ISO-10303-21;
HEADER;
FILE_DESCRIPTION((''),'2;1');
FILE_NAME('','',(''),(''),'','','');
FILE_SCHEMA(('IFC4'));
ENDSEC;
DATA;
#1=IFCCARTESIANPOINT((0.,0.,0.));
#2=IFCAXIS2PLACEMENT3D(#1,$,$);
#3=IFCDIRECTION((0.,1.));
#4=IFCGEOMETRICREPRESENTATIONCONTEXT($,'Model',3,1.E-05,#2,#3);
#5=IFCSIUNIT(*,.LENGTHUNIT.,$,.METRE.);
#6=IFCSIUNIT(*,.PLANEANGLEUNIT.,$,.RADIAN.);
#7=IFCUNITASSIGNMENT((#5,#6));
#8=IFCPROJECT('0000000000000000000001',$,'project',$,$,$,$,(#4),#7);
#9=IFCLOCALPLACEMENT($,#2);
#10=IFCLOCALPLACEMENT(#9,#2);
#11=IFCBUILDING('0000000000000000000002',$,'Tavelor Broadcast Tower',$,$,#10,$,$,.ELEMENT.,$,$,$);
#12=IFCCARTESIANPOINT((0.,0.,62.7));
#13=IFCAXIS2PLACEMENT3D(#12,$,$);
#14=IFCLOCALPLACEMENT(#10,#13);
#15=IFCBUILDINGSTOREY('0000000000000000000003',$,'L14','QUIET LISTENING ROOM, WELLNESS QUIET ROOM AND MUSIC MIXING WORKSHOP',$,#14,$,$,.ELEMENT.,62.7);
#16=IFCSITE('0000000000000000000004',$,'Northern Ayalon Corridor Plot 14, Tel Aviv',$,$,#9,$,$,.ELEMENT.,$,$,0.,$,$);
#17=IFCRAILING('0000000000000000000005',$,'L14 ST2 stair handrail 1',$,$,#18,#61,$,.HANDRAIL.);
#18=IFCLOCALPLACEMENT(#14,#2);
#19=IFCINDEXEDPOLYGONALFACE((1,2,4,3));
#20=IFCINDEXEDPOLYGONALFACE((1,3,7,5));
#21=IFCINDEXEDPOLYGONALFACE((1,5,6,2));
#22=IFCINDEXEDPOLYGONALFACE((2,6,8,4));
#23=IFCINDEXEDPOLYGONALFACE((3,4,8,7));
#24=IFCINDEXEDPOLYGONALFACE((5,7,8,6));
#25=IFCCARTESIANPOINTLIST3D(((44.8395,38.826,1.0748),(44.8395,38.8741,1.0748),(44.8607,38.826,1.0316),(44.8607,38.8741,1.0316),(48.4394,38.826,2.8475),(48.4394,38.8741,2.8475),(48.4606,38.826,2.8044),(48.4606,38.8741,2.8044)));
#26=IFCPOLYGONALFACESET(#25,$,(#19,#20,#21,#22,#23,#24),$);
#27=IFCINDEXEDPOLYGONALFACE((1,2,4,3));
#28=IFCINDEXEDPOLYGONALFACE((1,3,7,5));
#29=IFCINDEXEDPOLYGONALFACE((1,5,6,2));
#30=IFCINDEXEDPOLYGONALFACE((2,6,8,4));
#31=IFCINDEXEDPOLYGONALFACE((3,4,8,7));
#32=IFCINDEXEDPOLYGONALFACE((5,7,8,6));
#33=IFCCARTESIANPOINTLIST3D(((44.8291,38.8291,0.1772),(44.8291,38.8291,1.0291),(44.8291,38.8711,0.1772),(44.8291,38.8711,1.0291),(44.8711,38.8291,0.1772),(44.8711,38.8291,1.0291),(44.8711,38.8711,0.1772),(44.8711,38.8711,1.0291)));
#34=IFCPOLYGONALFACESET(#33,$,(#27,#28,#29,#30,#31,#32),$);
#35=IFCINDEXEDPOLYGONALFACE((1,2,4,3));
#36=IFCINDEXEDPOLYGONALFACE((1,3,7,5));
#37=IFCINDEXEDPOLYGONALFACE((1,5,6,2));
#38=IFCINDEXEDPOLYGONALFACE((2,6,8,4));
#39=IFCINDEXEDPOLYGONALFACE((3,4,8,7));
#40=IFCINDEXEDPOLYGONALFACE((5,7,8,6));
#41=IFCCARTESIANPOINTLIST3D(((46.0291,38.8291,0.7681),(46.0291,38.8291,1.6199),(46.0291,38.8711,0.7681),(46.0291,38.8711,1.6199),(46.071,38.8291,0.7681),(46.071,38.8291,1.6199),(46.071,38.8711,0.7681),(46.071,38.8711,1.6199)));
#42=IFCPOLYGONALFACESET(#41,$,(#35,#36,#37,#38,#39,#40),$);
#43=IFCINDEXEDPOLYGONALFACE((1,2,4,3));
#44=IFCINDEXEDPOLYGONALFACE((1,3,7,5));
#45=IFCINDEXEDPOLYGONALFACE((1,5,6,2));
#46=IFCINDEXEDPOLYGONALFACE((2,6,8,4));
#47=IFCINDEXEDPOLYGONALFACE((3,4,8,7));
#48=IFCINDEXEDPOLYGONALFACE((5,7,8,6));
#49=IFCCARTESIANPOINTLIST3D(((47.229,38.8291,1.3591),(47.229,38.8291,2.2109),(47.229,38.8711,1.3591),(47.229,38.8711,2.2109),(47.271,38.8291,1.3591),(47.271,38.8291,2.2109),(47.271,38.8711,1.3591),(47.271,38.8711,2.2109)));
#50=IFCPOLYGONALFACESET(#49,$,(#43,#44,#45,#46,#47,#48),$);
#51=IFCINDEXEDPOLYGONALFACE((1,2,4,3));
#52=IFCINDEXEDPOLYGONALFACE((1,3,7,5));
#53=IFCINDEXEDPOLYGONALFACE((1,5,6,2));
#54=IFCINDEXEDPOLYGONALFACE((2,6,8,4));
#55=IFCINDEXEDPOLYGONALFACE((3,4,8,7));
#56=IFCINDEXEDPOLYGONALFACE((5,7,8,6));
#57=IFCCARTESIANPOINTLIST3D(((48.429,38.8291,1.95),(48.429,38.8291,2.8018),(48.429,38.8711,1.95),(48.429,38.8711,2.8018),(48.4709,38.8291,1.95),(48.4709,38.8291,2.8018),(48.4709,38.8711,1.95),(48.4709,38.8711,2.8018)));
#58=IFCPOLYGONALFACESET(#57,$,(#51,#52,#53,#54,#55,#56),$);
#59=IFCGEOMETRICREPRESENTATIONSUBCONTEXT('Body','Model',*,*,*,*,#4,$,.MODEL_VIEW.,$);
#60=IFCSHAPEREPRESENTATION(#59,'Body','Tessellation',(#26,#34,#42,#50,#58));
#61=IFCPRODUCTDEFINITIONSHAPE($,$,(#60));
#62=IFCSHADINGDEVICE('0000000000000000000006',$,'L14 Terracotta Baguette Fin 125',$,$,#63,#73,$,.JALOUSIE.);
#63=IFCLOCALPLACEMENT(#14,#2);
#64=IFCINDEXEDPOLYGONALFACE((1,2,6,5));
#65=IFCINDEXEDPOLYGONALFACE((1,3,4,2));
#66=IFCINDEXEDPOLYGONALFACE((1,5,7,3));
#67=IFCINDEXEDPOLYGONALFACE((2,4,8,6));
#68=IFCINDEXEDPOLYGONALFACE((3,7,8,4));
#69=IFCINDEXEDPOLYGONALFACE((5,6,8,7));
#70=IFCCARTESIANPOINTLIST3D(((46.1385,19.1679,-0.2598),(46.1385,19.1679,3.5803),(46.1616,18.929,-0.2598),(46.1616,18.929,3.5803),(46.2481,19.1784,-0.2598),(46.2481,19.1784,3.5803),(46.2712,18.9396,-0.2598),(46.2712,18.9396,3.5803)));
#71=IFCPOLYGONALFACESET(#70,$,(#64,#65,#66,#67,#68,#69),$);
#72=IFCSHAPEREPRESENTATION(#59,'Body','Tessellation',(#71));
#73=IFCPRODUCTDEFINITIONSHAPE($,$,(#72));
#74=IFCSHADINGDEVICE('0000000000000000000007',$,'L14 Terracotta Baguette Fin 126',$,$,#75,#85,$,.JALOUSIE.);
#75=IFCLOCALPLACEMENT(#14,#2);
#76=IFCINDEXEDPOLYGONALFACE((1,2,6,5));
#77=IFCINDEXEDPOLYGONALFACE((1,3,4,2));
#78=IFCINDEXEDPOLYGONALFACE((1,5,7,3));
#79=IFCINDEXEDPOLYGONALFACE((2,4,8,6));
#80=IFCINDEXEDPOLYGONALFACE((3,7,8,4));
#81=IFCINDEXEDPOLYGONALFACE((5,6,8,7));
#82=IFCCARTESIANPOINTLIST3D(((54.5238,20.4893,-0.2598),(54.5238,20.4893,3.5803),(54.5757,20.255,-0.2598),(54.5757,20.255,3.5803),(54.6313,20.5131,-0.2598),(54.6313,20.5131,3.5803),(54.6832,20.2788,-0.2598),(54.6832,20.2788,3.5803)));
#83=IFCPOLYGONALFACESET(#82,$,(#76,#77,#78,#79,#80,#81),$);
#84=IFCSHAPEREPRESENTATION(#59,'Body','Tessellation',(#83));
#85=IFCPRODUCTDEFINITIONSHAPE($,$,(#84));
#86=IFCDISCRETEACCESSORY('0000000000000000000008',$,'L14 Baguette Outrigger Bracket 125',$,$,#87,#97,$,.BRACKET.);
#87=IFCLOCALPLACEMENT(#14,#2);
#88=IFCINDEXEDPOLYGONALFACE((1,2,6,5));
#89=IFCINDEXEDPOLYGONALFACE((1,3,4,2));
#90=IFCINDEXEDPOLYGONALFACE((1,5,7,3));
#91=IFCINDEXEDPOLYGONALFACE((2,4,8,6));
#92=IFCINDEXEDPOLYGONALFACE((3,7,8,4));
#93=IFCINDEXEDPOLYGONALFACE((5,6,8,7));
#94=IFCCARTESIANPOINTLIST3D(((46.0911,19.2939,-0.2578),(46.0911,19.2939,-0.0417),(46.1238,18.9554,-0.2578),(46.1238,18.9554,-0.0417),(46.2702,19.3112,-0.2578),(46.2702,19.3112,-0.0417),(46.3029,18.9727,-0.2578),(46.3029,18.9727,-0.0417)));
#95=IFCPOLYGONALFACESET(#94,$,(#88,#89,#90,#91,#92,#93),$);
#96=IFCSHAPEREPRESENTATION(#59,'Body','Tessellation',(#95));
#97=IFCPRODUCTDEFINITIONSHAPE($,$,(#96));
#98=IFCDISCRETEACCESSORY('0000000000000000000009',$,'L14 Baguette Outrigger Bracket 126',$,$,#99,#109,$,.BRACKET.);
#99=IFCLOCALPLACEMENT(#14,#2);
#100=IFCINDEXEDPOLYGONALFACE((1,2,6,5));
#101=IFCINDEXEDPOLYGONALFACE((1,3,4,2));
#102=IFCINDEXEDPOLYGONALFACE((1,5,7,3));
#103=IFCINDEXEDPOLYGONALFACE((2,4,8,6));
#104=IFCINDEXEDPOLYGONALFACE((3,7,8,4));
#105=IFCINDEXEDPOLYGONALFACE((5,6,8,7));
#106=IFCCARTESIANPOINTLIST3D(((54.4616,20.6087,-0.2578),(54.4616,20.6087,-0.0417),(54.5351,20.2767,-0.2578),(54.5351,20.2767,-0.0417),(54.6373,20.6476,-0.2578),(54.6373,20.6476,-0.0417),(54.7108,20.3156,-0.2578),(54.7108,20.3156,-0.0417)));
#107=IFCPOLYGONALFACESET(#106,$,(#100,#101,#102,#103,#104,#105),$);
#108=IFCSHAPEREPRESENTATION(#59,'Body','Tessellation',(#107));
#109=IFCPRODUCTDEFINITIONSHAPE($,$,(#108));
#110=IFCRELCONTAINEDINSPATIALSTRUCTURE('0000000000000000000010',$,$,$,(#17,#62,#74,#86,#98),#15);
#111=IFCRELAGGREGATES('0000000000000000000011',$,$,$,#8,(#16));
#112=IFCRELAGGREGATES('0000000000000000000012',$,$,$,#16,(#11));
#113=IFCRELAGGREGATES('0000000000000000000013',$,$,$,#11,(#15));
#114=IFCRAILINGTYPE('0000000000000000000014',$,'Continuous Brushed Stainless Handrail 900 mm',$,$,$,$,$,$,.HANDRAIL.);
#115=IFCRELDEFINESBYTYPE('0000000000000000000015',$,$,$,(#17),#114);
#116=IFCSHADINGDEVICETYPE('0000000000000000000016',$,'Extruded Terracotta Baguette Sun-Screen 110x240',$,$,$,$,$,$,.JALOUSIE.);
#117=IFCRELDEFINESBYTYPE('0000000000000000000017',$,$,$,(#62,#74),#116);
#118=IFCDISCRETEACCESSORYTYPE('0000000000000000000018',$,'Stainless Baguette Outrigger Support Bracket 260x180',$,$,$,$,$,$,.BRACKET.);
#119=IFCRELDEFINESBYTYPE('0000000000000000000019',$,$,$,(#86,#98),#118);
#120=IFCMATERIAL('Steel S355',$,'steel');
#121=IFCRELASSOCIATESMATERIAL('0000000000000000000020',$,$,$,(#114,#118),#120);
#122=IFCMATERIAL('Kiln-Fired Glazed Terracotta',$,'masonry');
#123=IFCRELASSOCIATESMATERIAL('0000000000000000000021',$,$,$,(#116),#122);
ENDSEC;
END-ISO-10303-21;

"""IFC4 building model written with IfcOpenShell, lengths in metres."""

from ifc_helpers import new_model, si_unit, direction, frame, origin, origin_2d, place, context, subcontext, project, spatial, rectangle, extrude, source, transform, mapped, material, type_object, type_shapes, element, save


model = new_model("IFC4")

# Units and contexts
model_context = context("Model", 3, precision=1e-05, world=origin(), true_north=direction((0.0, 1.0)))
body_context = subcontext(model_context, "Body", "Model", "MODEL_VIEW")
ifc_project = project(units=[si_unit("LENGTHUNIT", "METRE"), si_unit("PLANEANGLEUNIT", "RADIAN")], contexts=[model_context])

# Site, building, storey
site_placement = place(None, origin())
site = spatial("IfcSite", under=ifc_project, at=site_placement, Name="Northern Ayalon Corridor Plot 14, Tel Aviv", CompositionType="ELEMENT", RefElevation=0.0)
building_placement = place(site_placement, origin())
building = spatial("IfcBuilding", under=site, at=building_placement, Name="Tavelor Broadcast Tower", CompositionType="ELEMENT")
storey_placement = place(building_placement, frame((0.0, 0.0, 62.7)))
storey = spatial("IfcBuildingStorey", under=building, at=storey_placement, Name="L14", Description="QUIET LISTENING ROOM, WELLNESS QUIET ROOM AND MUSIC MIXING WORKSHOP", CompositionType="ELEMENT", Elevation=62.7)

# Shared definitions
ifc_material_1 = material(Name="Steel S355", Category="steel")

# Railing
railing_type = type_object("IfcRailingType", Name="Continuous Brushed Stainless Handrail 900 mm", PredefinedType="HANDRAIL", material=ifc_material_1)
railing_placement = place(storey_placement, frame((44.8501, 38.8501, 0.1772)))
element("IfcRailing", 1, at=railing_placement, inside=storey, type_object=railing_type, Name="L14 ST2 stair handrail 1", PredefinedType="HANDRAIL", context=body_context, shape_type="SweptSolid", body=[
    extrude(rectangle(XDim=0.0481, YDim=0.0481, at=origin_2d()), frame((0.0, 0.0, 0.876), z_axis=(0.897124, 0.0, 0.441778), x_axis=(0.0, 1.0, 0.0)), (0.0, 0.0, 1.0), 4.0127),
    extrude(rectangle(XDim=0.042, YDim=0.042, at=origin_2d()), origin(), (0.0, 0.0, 1.0), 0.8518),
    extrude(rectangle(XDim=0.042, YDim=0.042, at=origin_2d()), frame((1.2, 0.0, 0.5908)), (0.0, 0.0, 1.0), 0.8518),
    extrude(rectangle(XDim=0.042, YDim=0.042, at=origin_2d()), frame((2.3999, 0.0, 1.1819)), (0.0, 0.0, 1.0), 0.8518),
    extrude(rectangle(XDim=0.042, YDim=0.042, at=origin_2d()), frame((3.5999, 0.0, 1.7727)), (0.0, 0.0, 1.0), 0.8518),
])

# Shading devices
ifc_material_2 = material(Name="Kiln-Fired Glazed Terracotta", Category="masonry")
shading_device_type = type_object("IfcShadingDeviceType", Name="Extruded Terracotta Baguette Sun-Screen 110x240", PredefinedType="JALOUSIE", material=ifc_material_2)
shared_shape_1 = source(origin(), body_context, "Body", "SweptSolid", [
    extrude(rectangle(XDim=0.1101, YDim=0.24, at=origin_2d()), origin(), (0.0, 0.0, 1.0), 3.8401),
])
type_shapes(shading_device_type, [shared_shape_1])
for number, where, z_axis, x_axis, name in (
    (2, (46.2048, 19.0537, -0.2598), (0.0, 0.0, 1.0), (0.995363, 0.096193, 0.0), "L14 Terracotta Baguette Fin 125"),
    (3, (54.6035, 20.384, -0.2598), (0.0, 0.0, 1.0), (0.976371, 0.216099, 0.0), "L14 Terracotta Baguette Fin 126"),
):
    element("IfcShadingDevice", number, at=place(storey_placement, frame(where, z_axis=z_axis, x_axis=x_axis)), inside=storey, type_object=shading_device_type, Name=name, PredefinedType="JALOUSIE", context=body_context, shape_type="MappedRepresentation", body=[
        mapped(shared_shape_1, transform((0.0, 0.0, 0.0), scale=1.0)),
    ])

# Discrete accessories
discrete_accessory_type = type_object("IfcDiscreteAccessoryType", Name="Stainless Baguette Outrigger Support Bracket 260x180", PredefinedType="BRACKET", material=ifc_material_1)
shared_shape_2 = source(origin(), body_context, "Body", "SweptSolid", [
    extrude(rectangle(XDim=0.1799, YDim=0.3401, at=origin_2d()), origin(), (0.0, 0.0, 1.0), 0.2161),
])
type_shapes(discrete_accessory_type, [shared_shape_2])
for number, where, z_axis, x_axis, name in (
    (4, (46.197, 19.1333, -0.2578), (0.0, 0.0, 1.0), (0.995363, 0.096193, 0.0), "L14 Baguette Outrigger Bracket 125"),
    (5, (54.5862, 20.4622, -0.2578), (0.0, 0.0, 1.0), (0.976371, 0.216099, 0.0), "L14 Baguette Outrigger Bracket 126"),
):
    element("IfcDiscreteAccessory", number, at=place(storey_placement, frame(where, z_axis=z_axis, x_axis=x_axis)), inside=storey, type_object=discrete_accessory_type, Name=name, PredefinedType="BRACKET", context=body_context, shape_type="MappedRepresentation", body=[
        mapped(shared_shape_2, transform((0.0, 0.0, 0.0), scale=1.0)),
    ])

save(model, "model.ifc")
